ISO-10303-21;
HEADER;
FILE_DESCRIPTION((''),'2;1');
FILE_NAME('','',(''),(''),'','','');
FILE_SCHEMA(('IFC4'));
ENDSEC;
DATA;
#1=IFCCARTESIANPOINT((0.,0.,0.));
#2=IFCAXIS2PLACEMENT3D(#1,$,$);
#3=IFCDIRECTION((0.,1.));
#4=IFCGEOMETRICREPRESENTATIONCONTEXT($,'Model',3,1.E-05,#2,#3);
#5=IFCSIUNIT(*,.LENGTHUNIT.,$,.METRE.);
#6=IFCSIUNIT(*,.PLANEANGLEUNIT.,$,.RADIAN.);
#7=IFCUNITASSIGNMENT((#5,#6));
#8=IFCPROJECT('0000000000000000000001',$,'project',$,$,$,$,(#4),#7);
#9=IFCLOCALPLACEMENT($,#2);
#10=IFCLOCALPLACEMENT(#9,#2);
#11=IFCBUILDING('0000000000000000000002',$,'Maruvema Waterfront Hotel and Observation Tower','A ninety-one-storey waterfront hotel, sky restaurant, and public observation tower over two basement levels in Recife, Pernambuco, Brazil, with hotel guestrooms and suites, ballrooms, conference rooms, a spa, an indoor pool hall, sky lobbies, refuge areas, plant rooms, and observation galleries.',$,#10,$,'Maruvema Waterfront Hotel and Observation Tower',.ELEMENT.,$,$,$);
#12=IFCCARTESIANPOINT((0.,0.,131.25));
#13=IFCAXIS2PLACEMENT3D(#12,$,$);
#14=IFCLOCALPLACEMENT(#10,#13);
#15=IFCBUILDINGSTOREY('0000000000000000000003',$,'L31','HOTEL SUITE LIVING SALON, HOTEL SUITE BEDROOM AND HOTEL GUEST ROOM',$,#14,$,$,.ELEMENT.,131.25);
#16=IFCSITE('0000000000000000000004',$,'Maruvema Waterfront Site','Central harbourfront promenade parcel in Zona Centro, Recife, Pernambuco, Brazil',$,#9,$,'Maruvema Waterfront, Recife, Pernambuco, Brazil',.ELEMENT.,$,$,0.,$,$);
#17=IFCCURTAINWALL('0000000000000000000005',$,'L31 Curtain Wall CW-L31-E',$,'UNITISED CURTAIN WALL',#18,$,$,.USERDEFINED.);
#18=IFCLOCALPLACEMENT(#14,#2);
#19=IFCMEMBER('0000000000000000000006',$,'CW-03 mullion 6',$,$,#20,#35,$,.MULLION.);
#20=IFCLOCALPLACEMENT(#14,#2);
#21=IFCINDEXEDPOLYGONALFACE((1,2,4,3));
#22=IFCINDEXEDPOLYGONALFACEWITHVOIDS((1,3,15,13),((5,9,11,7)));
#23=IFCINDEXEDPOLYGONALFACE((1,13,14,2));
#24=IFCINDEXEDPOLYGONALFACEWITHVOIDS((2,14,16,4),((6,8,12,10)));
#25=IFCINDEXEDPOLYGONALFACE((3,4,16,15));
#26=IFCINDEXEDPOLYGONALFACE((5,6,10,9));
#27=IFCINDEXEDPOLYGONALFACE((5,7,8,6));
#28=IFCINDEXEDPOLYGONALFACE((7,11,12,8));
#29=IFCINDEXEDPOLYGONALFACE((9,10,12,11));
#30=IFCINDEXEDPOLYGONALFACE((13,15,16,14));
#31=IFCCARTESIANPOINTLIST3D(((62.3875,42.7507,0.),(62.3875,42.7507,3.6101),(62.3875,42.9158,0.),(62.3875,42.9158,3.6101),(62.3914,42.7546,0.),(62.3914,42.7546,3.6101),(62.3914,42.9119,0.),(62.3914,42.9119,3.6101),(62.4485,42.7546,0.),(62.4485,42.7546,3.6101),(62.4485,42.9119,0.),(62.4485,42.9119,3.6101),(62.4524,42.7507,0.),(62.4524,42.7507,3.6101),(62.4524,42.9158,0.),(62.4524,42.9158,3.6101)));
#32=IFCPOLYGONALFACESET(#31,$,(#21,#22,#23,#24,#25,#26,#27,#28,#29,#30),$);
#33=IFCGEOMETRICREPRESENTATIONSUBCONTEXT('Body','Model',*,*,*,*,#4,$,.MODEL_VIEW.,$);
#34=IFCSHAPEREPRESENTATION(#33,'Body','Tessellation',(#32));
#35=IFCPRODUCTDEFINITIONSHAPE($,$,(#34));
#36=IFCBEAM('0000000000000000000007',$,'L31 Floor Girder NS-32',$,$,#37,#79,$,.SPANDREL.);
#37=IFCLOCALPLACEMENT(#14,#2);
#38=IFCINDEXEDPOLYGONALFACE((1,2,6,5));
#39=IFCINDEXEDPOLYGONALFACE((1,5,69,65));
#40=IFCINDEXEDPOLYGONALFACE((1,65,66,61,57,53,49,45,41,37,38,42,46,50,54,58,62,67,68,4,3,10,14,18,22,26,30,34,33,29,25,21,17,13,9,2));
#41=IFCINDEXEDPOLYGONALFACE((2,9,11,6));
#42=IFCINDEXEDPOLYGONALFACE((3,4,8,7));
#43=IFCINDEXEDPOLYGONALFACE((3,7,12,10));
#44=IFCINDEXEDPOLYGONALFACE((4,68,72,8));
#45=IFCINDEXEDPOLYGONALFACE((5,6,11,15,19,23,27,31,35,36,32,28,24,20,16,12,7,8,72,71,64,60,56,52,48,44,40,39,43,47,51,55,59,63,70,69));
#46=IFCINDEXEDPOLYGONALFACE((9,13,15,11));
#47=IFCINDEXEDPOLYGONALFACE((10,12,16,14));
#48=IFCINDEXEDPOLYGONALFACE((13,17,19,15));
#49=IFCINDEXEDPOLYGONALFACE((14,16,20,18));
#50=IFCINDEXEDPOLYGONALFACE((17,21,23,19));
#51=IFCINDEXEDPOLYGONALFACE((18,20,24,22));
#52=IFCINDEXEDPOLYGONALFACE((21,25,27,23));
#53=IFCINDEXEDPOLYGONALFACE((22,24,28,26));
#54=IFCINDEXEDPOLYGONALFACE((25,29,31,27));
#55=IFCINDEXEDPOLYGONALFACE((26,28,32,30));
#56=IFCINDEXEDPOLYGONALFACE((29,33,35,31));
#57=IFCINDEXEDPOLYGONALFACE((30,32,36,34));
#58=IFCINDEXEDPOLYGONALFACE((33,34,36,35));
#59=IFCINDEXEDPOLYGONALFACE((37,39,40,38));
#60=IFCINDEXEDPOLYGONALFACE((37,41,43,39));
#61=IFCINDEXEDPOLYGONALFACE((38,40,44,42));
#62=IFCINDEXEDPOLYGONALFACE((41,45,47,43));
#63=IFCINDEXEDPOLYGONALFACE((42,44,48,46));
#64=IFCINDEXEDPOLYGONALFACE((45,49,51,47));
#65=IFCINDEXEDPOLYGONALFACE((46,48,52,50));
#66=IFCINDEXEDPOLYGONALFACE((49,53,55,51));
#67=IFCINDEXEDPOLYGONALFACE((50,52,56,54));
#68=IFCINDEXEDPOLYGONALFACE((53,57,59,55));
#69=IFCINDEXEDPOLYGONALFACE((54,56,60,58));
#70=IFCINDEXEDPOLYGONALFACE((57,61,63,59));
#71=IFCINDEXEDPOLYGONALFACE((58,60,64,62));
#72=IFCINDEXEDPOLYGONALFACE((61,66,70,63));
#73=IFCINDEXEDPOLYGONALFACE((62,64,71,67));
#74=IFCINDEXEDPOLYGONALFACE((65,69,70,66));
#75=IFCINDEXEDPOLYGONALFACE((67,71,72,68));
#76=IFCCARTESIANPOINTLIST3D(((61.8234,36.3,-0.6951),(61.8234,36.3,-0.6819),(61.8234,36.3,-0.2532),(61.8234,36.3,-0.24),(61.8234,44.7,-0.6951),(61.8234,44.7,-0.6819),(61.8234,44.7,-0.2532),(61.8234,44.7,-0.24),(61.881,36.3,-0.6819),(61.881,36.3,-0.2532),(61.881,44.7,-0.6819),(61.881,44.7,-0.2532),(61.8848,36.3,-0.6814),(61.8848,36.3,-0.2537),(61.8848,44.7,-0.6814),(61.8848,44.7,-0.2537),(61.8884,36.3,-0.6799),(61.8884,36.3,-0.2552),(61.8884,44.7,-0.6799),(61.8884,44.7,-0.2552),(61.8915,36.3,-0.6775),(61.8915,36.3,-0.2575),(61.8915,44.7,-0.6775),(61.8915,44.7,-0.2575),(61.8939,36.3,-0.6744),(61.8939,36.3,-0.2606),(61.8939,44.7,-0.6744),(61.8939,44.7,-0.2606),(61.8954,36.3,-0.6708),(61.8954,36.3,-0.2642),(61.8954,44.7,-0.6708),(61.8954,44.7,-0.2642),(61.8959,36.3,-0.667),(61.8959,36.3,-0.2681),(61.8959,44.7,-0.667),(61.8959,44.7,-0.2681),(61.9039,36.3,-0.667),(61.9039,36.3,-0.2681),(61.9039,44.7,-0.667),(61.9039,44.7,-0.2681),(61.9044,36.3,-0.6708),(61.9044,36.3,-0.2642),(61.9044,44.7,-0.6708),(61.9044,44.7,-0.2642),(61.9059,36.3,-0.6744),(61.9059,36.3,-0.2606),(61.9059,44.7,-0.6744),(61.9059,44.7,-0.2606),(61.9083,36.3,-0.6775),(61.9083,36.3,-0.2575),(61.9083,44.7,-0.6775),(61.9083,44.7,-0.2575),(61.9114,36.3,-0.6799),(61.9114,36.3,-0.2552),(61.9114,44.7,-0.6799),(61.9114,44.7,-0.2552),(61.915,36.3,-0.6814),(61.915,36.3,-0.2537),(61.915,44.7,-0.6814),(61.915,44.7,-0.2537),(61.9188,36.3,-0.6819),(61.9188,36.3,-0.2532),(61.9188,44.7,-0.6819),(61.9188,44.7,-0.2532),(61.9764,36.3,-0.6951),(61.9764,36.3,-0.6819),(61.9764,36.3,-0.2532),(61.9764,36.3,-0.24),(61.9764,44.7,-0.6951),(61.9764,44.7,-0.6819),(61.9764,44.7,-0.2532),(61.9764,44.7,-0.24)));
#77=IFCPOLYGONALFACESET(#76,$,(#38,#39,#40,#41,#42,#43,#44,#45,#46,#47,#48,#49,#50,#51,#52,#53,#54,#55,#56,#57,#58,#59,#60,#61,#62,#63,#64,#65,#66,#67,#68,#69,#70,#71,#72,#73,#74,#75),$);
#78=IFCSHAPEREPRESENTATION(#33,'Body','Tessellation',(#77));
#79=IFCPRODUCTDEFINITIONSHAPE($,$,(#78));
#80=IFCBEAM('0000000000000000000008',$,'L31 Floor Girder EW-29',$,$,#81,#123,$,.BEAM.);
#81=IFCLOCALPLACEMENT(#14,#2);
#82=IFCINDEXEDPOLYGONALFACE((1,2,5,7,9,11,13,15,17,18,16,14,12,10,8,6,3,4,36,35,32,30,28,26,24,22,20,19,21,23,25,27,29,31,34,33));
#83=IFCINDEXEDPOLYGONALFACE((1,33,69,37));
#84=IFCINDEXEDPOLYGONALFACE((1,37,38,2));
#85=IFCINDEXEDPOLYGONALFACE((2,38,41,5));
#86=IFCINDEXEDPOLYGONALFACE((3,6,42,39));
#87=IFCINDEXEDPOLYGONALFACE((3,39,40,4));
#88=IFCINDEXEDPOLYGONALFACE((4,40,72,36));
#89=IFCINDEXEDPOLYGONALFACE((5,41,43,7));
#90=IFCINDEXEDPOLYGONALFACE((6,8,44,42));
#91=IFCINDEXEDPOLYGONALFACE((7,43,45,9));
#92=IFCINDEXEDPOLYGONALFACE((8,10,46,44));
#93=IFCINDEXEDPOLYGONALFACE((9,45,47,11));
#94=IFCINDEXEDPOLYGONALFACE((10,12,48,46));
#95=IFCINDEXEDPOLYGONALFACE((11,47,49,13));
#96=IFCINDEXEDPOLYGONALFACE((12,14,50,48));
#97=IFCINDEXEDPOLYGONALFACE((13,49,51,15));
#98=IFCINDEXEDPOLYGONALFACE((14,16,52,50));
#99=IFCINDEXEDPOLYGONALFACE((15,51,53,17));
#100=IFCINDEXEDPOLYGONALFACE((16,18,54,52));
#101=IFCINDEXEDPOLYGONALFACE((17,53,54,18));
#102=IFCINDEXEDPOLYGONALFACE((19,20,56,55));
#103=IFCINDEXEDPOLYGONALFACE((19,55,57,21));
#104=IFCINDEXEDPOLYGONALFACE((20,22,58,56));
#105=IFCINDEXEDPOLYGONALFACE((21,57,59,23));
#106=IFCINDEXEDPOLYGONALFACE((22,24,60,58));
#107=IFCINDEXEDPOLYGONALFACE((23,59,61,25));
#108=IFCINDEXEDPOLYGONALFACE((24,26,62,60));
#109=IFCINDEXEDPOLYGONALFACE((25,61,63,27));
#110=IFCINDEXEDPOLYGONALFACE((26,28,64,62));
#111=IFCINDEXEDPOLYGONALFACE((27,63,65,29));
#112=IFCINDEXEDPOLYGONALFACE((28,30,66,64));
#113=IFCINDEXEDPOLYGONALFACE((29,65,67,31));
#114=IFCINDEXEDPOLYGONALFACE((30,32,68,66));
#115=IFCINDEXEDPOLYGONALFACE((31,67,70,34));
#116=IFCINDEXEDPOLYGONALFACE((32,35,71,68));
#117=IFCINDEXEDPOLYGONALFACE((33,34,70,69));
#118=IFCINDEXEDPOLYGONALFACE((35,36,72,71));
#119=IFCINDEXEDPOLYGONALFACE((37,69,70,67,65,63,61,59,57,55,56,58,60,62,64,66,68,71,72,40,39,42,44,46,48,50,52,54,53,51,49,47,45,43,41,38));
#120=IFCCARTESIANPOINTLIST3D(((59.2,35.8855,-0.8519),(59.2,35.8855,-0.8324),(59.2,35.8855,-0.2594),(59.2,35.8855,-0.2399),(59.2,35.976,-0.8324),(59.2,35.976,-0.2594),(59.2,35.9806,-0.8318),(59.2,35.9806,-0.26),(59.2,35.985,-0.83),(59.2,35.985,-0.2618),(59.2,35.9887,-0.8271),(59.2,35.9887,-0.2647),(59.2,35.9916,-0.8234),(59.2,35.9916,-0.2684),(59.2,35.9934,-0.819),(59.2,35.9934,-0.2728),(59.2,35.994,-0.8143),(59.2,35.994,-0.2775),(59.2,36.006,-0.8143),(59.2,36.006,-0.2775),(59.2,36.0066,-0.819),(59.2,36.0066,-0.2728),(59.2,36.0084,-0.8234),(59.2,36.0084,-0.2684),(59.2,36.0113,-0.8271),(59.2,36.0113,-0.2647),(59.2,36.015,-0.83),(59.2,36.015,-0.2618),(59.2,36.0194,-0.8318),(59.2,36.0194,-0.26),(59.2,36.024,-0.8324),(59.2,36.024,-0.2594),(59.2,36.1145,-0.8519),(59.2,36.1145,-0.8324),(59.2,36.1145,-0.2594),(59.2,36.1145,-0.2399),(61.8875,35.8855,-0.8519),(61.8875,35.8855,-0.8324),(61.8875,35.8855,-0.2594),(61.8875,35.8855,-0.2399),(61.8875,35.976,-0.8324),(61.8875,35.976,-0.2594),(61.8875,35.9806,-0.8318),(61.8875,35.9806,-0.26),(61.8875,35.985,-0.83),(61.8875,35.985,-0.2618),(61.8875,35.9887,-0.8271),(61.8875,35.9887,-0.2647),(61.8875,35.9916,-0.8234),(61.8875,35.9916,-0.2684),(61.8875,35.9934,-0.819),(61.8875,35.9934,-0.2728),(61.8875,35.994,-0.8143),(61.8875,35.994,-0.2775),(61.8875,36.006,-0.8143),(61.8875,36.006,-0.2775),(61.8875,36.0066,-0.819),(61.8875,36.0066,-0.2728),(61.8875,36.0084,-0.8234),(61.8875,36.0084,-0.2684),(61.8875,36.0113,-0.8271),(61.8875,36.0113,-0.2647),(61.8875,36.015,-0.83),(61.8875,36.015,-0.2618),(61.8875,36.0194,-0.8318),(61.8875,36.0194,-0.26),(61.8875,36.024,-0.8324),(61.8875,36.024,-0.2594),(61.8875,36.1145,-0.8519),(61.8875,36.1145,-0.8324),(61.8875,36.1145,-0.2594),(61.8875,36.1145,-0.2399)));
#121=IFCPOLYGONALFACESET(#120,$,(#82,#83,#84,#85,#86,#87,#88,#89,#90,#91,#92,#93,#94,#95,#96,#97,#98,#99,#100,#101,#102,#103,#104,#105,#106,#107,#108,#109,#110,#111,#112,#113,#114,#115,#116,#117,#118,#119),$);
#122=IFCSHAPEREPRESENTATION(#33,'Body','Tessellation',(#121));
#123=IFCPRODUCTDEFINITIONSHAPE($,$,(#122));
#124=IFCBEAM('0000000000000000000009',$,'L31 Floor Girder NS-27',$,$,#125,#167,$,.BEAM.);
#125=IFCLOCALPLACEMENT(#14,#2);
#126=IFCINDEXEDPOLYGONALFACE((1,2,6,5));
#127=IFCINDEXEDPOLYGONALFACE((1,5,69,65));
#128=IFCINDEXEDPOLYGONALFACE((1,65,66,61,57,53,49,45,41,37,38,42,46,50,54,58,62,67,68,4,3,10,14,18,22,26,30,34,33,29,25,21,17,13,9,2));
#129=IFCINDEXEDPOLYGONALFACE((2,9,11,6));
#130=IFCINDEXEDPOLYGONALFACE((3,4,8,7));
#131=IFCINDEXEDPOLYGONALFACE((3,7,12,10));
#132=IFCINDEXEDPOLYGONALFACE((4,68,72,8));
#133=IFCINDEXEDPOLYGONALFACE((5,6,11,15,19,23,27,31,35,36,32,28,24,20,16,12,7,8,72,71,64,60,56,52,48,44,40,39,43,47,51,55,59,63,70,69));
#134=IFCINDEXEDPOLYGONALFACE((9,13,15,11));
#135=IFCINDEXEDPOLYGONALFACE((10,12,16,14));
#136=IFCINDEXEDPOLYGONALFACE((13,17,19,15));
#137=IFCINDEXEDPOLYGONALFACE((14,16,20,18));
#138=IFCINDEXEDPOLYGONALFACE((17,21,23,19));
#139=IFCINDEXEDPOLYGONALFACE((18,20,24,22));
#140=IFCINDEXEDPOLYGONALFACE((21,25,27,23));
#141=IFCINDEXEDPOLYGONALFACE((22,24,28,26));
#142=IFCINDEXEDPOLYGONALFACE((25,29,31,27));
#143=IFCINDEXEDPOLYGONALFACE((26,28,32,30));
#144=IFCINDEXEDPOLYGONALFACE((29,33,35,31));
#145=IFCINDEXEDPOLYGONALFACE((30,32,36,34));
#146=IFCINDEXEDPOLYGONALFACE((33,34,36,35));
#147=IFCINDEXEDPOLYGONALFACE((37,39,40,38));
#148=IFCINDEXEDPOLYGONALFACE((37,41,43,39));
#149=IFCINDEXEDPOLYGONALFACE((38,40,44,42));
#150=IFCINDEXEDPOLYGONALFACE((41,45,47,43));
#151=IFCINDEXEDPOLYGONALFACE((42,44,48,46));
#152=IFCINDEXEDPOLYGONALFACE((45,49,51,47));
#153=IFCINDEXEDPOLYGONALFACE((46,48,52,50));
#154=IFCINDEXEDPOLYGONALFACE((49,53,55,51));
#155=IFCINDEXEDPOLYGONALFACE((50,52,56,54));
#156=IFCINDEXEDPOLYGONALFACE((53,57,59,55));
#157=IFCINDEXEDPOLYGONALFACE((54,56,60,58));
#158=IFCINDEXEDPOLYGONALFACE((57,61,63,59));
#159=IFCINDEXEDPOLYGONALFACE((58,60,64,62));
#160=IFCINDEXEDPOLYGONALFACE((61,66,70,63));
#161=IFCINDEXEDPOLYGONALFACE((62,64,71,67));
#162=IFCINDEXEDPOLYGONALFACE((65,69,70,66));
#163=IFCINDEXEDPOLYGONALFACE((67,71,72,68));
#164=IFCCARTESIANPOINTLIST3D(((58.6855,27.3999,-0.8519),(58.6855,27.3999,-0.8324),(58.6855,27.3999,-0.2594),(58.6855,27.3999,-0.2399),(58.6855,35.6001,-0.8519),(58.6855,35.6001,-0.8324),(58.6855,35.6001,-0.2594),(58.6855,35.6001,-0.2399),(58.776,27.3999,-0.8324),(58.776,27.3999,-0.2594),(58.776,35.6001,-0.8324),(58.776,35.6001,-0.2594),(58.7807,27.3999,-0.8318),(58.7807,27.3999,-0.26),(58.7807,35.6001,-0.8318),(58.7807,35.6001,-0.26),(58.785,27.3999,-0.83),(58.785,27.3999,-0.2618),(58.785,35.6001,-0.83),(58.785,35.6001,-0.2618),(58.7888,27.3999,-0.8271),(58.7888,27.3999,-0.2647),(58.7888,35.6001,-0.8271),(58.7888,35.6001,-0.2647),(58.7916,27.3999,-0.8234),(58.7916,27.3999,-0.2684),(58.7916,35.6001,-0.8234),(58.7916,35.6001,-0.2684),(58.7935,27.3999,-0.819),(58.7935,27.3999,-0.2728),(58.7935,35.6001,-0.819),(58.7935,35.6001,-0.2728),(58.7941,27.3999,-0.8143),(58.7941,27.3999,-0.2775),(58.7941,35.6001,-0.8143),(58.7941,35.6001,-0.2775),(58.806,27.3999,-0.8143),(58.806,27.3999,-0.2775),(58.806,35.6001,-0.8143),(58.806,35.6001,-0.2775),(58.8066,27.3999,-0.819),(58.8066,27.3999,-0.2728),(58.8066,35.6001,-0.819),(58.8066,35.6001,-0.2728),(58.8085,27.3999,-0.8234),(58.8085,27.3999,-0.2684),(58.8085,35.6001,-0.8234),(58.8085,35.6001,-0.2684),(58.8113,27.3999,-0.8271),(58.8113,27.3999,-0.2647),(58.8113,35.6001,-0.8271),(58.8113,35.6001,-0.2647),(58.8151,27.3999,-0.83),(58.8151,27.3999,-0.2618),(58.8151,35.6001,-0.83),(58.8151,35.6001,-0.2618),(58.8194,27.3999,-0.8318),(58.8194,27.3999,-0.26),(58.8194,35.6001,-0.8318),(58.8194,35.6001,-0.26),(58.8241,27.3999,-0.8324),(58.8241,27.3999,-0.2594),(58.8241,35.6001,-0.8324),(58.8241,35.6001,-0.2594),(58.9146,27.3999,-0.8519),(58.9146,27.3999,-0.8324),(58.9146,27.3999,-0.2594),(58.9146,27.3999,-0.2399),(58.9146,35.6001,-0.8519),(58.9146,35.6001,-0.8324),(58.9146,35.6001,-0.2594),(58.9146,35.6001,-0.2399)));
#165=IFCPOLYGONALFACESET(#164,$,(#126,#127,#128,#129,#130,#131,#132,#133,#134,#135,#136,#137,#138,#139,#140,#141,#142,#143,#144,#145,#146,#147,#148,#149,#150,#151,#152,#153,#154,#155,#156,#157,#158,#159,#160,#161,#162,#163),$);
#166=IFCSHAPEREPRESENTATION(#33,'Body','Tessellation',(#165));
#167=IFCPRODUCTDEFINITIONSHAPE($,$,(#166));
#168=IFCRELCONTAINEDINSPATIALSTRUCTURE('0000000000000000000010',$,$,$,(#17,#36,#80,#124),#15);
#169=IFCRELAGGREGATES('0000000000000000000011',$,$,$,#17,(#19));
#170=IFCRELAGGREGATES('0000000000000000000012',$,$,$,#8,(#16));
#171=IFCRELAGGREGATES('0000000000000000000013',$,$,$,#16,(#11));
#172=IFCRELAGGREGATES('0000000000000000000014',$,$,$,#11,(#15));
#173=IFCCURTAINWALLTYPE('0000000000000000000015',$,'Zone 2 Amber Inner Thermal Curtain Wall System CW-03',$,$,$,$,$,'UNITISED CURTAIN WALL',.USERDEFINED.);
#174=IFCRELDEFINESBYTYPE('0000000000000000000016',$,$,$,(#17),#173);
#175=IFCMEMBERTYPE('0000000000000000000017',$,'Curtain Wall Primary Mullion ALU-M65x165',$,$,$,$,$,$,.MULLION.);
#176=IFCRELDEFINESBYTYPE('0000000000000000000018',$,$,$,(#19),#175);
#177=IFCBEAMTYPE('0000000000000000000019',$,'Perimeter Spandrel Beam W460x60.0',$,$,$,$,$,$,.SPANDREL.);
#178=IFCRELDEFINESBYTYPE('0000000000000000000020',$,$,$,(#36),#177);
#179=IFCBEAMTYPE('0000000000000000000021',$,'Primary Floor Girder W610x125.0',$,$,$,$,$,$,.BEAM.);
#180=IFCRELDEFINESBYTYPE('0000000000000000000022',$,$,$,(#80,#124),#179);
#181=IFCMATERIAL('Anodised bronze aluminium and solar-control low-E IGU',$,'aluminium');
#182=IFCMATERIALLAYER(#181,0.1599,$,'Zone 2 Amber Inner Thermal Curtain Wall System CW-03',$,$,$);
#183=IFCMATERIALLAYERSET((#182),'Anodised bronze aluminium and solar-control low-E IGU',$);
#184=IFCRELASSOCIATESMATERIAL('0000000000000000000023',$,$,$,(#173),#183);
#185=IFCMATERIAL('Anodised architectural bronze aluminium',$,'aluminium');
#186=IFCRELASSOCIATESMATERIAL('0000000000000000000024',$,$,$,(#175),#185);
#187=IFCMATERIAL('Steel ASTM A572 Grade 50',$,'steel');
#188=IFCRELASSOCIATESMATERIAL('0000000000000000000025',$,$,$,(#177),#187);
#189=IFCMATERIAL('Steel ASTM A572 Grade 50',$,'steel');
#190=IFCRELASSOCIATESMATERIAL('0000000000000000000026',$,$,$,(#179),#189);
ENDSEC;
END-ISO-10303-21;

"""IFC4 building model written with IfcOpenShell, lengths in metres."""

from ifc_helpers import new_model, si_unit, direction, frame, origin, origin_2d, place, context, subcontext, project, spatial, hollow_rectangle, i_section, extrude, material, layer, layer_set, material_profile, profile_set, type_object, element, aggregate, save


model = new_model("IFC4")

# Units and contexts
model_context = context("Model", 3, precision=1e-05, world=origin(), true_north=direction((0.0, 1.0)))
body_context = subcontext(model_context, "Body", "Model", "MODEL_VIEW")
ifc_project = project(units=[si_unit("LENGTHUNIT", "METRE"), si_unit("PLANEANGLEUNIT", "RADIAN")], contexts=[model_context])

# Site, building, storey
site_placement = place(None, origin())
site = spatial("IfcSite", under=ifc_project, at=site_placement, Name="Maruvema Waterfront Site", Description="Central harbourfront promenade parcel in Zona Centro, Recife, Pernambuco, Brazil", LongName="Maruvema Waterfront, Recife, Pernambuco, Brazil", CompositionType="ELEMENT", RefElevation=0.0)
building_placement = place(site_placement, origin())
building = spatial("IfcBuilding", under=site, at=building_placement, Name="Maruvema Waterfront Hotel and Observation Tower", Description="A ninety-one-storey waterfront hotel, sky restaurant, and public observation tower over two basement levels in Recife, Pernambuco, Brazil, with hotel guestrooms and suites, ballrooms, conference rooms, a spa, an indoor pool hall, sky lobbies, refuge areas, plant rooms, and observation galleries.", LongName="Maruvema Waterfront Hotel and Observation Tower", CompositionType="ELEMENT")
storey_placement = place(building_placement, frame((0.0, 0.0, 131.25)))
storey = spatial("IfcBuildingStorey", under=building, at=storey_placement, Name="L31", Description="HOTEL SUITE LIVING SALON, HOTEL SUITE BEDROOM AND HOTEL GUEST ROOM", CompositionType="ELEMENT", Elevation=131.25)

# Curtain wall, member
ifc_material_1 = material(Name="Anodised bronze aluminium and solar-control low-E IGU", Category="aluminium")
ifc_layer_1 = layer(ifc_material_1, 0.1599, Name="Zone 2 Amber Inner Thermal Curtain Wall System CW-03")
ifc_layer_set_1 = layer_set([ifc_layer_1], Name="Anodised bronze aluminium and solar-control low-E IGU")
curtain_wall_type = type_object("IfcCurtainWallType", Name="Zone 2 Amber Inner Thermal Curtain Wall System CW-03", ElementType="UNITISED CURTAIN WALL", PredefinedType="USERDEFINED", material=ifc_layer_set_1)
curtain_wall_placement = place(storey_placement, origin())
curtain_wall = element("IfcCurtainWall", 1, at=curtain_wall_placement, inside=storey, type_object=curtain_wall_type, Name="L31 Curtain Wall CW-L31-E", ObjectType="UNITISED CURTAIN WALL", PredefinedType="USERDEFINED")
ifc_material_2 = material(Name="Anodised architectural bronze aluminium", Category="aluminium")
ifc_material_profile_1 = material_profile(ifc_material_2, hollow_rectangle(XDim=0.0649, YDim=0.165, WallThickness=0.0039, at=origin_2d()), Name="ALU-M65x165")
ifc_profile_set_1 = profile_set([ifc_material_profile_1], Name="Anodised architectural bronze aluminium")
member_type_1 = type_object("IfcMemberType", Name="Curtain Wall Primary Mullion ALU-M65x165", PredefinedType="MULLION", material=ifc_profile_set_1)
member_1_placement = place(storey_placement, frame((62.4199, 42.8333, 0.0), z_axis=(0.0, 0.0, 1.0), x_axis=(-1.0, 0.0, 0.0)))
member_1 = element("IfcMember", 2, at=member_1_placement, type_object=member_type_1, Name="CW-03 mullion 6", PredefinedType="MULLION", context=body_context, shape_type="SweptSolid", body=[
    extrude(hollow_rectangle(XDim=0.0649, YDim=0.165, WallThickness=0.0039, at=origin_2d()), origin(), (0.0, 0.0, 1.0), 3.6101),
])

# Beams
ifc_material_3 = material(Name="Steel ASTM A572 Grade 50", Category="steel")
ifc_material_profile_2 = material_profile(ifc_material_3, i_section(OverallWidth=0.1531, OverallDepth=0.4551, WebThickness=0.0081, FlangeThickness=0.0132, FilletRadius=0.0149, at=origin_2d()), Name="W460x60.0")
ifc_profile_set_2 = profile_set([ifc_material_profile_2], Name="Steel ASTM A572 Grade 50")
beam_type_1 = type_object("IfcBeamType", Name="Perimeter Spandrel Beam W460x60.0", PredefinedType="SPANDREL", material=ifc_profile_set_2)
beam_1_placement = place(storey_placement, frame((61.8999, 36.3, -0.4675), z_axis=(0.0, 1.0, 0.0), x_axis=(-1.0, 0.0, 0.0)))
element("IfcBeam", 3, at=beam_1_placement, inside=storey, type_object=beam_type_1, Name="L31 Floor Girder NS-32", PredefinedType="SPANDREL", context=body_context, shape_type="SweptSolid", body=[
    extrude(i_section(OverallWidth=0.1531, OverallDepth=0.4551, WebThickness=0.0081, FlangeThickness=0.0132, FilletRadius=0.0149, at=origin_2d()), origin(), (0.0, 0.0, 1.0), 8.3999),
])
ifc_material_4 = material(Name="Steel ASTM A572 Grade 50", Category="steel")
ifc_material_profile_3 = material_profile(ifc_material_4, i_section(OverallWidth=0.229, OverallDepth=0.6121, WebThickness=0.012, FlangeThickness=0.0195, FilletRadius=0.0181, at=origin_2d()), Name="W610x125.0")
ifc_profile_set_3 = profile_set([ifc_material_profile_3], Name="Steel ASTM A572 Grade 50")
beam_type_2 = type_object("IfcBeamType", Name="Primary Floor Girder W610x125.0", PredefinedType="BEAM", material=ifc_profile_set_3)
beam_2_placement = place(storey_placement, frame((59.2, 36.0, -0.5459), z_axis=(1.0, 0.0, 0.0), x_axis=(0.0, 1.0, 0.0)))
element("IfcBeam", 4, at=beam_2_placement, inside=storey, type_object=beam_type_2, Name="L31 Floor Girder EW-29", PredefinedType="BEAM", context=body_context, shape_type="SweptSolid", body=[
    extrude(i_section(OverallWidth=0.229, OverallDepth=0.6121, WebThickness=0.012, FlangeThickness=0.0195, FilletRadius=0.0181, at=origin_2d()), origin(), (0.0, 0.0, 1.0), 2.6875),
])
for number, where, z_axis, x_axis, name in (
    (5, (58.8, 27.3999, -0.5459), (0.0, 1.0, 0.0), (-1.0, 0.0, 0.0), "L31 Floor Girder NS-27"),
):
    element("IfcBeam", number, at=place(storey_placement, frame(where, z_axis=z_axis, x_axis=x_axis)), inside=storey, type_object=beam_type_2, Name=name, PredefinedType="BEAM", context=body_context, shape_type="SweptSolid", body=[
        extrude(i_section(OverallWidth=0.229, OverallDepth=0.6121, WebThickness=0.012, FlangeThickness=0.0195, FilletRadius=0.0181, at=origin_2d()), origin(), (0.0, 0.0, 1.0), 8.2002),
    ])

aggregate(curtain_wall, [member_1])

save(model, "model.ifc")
